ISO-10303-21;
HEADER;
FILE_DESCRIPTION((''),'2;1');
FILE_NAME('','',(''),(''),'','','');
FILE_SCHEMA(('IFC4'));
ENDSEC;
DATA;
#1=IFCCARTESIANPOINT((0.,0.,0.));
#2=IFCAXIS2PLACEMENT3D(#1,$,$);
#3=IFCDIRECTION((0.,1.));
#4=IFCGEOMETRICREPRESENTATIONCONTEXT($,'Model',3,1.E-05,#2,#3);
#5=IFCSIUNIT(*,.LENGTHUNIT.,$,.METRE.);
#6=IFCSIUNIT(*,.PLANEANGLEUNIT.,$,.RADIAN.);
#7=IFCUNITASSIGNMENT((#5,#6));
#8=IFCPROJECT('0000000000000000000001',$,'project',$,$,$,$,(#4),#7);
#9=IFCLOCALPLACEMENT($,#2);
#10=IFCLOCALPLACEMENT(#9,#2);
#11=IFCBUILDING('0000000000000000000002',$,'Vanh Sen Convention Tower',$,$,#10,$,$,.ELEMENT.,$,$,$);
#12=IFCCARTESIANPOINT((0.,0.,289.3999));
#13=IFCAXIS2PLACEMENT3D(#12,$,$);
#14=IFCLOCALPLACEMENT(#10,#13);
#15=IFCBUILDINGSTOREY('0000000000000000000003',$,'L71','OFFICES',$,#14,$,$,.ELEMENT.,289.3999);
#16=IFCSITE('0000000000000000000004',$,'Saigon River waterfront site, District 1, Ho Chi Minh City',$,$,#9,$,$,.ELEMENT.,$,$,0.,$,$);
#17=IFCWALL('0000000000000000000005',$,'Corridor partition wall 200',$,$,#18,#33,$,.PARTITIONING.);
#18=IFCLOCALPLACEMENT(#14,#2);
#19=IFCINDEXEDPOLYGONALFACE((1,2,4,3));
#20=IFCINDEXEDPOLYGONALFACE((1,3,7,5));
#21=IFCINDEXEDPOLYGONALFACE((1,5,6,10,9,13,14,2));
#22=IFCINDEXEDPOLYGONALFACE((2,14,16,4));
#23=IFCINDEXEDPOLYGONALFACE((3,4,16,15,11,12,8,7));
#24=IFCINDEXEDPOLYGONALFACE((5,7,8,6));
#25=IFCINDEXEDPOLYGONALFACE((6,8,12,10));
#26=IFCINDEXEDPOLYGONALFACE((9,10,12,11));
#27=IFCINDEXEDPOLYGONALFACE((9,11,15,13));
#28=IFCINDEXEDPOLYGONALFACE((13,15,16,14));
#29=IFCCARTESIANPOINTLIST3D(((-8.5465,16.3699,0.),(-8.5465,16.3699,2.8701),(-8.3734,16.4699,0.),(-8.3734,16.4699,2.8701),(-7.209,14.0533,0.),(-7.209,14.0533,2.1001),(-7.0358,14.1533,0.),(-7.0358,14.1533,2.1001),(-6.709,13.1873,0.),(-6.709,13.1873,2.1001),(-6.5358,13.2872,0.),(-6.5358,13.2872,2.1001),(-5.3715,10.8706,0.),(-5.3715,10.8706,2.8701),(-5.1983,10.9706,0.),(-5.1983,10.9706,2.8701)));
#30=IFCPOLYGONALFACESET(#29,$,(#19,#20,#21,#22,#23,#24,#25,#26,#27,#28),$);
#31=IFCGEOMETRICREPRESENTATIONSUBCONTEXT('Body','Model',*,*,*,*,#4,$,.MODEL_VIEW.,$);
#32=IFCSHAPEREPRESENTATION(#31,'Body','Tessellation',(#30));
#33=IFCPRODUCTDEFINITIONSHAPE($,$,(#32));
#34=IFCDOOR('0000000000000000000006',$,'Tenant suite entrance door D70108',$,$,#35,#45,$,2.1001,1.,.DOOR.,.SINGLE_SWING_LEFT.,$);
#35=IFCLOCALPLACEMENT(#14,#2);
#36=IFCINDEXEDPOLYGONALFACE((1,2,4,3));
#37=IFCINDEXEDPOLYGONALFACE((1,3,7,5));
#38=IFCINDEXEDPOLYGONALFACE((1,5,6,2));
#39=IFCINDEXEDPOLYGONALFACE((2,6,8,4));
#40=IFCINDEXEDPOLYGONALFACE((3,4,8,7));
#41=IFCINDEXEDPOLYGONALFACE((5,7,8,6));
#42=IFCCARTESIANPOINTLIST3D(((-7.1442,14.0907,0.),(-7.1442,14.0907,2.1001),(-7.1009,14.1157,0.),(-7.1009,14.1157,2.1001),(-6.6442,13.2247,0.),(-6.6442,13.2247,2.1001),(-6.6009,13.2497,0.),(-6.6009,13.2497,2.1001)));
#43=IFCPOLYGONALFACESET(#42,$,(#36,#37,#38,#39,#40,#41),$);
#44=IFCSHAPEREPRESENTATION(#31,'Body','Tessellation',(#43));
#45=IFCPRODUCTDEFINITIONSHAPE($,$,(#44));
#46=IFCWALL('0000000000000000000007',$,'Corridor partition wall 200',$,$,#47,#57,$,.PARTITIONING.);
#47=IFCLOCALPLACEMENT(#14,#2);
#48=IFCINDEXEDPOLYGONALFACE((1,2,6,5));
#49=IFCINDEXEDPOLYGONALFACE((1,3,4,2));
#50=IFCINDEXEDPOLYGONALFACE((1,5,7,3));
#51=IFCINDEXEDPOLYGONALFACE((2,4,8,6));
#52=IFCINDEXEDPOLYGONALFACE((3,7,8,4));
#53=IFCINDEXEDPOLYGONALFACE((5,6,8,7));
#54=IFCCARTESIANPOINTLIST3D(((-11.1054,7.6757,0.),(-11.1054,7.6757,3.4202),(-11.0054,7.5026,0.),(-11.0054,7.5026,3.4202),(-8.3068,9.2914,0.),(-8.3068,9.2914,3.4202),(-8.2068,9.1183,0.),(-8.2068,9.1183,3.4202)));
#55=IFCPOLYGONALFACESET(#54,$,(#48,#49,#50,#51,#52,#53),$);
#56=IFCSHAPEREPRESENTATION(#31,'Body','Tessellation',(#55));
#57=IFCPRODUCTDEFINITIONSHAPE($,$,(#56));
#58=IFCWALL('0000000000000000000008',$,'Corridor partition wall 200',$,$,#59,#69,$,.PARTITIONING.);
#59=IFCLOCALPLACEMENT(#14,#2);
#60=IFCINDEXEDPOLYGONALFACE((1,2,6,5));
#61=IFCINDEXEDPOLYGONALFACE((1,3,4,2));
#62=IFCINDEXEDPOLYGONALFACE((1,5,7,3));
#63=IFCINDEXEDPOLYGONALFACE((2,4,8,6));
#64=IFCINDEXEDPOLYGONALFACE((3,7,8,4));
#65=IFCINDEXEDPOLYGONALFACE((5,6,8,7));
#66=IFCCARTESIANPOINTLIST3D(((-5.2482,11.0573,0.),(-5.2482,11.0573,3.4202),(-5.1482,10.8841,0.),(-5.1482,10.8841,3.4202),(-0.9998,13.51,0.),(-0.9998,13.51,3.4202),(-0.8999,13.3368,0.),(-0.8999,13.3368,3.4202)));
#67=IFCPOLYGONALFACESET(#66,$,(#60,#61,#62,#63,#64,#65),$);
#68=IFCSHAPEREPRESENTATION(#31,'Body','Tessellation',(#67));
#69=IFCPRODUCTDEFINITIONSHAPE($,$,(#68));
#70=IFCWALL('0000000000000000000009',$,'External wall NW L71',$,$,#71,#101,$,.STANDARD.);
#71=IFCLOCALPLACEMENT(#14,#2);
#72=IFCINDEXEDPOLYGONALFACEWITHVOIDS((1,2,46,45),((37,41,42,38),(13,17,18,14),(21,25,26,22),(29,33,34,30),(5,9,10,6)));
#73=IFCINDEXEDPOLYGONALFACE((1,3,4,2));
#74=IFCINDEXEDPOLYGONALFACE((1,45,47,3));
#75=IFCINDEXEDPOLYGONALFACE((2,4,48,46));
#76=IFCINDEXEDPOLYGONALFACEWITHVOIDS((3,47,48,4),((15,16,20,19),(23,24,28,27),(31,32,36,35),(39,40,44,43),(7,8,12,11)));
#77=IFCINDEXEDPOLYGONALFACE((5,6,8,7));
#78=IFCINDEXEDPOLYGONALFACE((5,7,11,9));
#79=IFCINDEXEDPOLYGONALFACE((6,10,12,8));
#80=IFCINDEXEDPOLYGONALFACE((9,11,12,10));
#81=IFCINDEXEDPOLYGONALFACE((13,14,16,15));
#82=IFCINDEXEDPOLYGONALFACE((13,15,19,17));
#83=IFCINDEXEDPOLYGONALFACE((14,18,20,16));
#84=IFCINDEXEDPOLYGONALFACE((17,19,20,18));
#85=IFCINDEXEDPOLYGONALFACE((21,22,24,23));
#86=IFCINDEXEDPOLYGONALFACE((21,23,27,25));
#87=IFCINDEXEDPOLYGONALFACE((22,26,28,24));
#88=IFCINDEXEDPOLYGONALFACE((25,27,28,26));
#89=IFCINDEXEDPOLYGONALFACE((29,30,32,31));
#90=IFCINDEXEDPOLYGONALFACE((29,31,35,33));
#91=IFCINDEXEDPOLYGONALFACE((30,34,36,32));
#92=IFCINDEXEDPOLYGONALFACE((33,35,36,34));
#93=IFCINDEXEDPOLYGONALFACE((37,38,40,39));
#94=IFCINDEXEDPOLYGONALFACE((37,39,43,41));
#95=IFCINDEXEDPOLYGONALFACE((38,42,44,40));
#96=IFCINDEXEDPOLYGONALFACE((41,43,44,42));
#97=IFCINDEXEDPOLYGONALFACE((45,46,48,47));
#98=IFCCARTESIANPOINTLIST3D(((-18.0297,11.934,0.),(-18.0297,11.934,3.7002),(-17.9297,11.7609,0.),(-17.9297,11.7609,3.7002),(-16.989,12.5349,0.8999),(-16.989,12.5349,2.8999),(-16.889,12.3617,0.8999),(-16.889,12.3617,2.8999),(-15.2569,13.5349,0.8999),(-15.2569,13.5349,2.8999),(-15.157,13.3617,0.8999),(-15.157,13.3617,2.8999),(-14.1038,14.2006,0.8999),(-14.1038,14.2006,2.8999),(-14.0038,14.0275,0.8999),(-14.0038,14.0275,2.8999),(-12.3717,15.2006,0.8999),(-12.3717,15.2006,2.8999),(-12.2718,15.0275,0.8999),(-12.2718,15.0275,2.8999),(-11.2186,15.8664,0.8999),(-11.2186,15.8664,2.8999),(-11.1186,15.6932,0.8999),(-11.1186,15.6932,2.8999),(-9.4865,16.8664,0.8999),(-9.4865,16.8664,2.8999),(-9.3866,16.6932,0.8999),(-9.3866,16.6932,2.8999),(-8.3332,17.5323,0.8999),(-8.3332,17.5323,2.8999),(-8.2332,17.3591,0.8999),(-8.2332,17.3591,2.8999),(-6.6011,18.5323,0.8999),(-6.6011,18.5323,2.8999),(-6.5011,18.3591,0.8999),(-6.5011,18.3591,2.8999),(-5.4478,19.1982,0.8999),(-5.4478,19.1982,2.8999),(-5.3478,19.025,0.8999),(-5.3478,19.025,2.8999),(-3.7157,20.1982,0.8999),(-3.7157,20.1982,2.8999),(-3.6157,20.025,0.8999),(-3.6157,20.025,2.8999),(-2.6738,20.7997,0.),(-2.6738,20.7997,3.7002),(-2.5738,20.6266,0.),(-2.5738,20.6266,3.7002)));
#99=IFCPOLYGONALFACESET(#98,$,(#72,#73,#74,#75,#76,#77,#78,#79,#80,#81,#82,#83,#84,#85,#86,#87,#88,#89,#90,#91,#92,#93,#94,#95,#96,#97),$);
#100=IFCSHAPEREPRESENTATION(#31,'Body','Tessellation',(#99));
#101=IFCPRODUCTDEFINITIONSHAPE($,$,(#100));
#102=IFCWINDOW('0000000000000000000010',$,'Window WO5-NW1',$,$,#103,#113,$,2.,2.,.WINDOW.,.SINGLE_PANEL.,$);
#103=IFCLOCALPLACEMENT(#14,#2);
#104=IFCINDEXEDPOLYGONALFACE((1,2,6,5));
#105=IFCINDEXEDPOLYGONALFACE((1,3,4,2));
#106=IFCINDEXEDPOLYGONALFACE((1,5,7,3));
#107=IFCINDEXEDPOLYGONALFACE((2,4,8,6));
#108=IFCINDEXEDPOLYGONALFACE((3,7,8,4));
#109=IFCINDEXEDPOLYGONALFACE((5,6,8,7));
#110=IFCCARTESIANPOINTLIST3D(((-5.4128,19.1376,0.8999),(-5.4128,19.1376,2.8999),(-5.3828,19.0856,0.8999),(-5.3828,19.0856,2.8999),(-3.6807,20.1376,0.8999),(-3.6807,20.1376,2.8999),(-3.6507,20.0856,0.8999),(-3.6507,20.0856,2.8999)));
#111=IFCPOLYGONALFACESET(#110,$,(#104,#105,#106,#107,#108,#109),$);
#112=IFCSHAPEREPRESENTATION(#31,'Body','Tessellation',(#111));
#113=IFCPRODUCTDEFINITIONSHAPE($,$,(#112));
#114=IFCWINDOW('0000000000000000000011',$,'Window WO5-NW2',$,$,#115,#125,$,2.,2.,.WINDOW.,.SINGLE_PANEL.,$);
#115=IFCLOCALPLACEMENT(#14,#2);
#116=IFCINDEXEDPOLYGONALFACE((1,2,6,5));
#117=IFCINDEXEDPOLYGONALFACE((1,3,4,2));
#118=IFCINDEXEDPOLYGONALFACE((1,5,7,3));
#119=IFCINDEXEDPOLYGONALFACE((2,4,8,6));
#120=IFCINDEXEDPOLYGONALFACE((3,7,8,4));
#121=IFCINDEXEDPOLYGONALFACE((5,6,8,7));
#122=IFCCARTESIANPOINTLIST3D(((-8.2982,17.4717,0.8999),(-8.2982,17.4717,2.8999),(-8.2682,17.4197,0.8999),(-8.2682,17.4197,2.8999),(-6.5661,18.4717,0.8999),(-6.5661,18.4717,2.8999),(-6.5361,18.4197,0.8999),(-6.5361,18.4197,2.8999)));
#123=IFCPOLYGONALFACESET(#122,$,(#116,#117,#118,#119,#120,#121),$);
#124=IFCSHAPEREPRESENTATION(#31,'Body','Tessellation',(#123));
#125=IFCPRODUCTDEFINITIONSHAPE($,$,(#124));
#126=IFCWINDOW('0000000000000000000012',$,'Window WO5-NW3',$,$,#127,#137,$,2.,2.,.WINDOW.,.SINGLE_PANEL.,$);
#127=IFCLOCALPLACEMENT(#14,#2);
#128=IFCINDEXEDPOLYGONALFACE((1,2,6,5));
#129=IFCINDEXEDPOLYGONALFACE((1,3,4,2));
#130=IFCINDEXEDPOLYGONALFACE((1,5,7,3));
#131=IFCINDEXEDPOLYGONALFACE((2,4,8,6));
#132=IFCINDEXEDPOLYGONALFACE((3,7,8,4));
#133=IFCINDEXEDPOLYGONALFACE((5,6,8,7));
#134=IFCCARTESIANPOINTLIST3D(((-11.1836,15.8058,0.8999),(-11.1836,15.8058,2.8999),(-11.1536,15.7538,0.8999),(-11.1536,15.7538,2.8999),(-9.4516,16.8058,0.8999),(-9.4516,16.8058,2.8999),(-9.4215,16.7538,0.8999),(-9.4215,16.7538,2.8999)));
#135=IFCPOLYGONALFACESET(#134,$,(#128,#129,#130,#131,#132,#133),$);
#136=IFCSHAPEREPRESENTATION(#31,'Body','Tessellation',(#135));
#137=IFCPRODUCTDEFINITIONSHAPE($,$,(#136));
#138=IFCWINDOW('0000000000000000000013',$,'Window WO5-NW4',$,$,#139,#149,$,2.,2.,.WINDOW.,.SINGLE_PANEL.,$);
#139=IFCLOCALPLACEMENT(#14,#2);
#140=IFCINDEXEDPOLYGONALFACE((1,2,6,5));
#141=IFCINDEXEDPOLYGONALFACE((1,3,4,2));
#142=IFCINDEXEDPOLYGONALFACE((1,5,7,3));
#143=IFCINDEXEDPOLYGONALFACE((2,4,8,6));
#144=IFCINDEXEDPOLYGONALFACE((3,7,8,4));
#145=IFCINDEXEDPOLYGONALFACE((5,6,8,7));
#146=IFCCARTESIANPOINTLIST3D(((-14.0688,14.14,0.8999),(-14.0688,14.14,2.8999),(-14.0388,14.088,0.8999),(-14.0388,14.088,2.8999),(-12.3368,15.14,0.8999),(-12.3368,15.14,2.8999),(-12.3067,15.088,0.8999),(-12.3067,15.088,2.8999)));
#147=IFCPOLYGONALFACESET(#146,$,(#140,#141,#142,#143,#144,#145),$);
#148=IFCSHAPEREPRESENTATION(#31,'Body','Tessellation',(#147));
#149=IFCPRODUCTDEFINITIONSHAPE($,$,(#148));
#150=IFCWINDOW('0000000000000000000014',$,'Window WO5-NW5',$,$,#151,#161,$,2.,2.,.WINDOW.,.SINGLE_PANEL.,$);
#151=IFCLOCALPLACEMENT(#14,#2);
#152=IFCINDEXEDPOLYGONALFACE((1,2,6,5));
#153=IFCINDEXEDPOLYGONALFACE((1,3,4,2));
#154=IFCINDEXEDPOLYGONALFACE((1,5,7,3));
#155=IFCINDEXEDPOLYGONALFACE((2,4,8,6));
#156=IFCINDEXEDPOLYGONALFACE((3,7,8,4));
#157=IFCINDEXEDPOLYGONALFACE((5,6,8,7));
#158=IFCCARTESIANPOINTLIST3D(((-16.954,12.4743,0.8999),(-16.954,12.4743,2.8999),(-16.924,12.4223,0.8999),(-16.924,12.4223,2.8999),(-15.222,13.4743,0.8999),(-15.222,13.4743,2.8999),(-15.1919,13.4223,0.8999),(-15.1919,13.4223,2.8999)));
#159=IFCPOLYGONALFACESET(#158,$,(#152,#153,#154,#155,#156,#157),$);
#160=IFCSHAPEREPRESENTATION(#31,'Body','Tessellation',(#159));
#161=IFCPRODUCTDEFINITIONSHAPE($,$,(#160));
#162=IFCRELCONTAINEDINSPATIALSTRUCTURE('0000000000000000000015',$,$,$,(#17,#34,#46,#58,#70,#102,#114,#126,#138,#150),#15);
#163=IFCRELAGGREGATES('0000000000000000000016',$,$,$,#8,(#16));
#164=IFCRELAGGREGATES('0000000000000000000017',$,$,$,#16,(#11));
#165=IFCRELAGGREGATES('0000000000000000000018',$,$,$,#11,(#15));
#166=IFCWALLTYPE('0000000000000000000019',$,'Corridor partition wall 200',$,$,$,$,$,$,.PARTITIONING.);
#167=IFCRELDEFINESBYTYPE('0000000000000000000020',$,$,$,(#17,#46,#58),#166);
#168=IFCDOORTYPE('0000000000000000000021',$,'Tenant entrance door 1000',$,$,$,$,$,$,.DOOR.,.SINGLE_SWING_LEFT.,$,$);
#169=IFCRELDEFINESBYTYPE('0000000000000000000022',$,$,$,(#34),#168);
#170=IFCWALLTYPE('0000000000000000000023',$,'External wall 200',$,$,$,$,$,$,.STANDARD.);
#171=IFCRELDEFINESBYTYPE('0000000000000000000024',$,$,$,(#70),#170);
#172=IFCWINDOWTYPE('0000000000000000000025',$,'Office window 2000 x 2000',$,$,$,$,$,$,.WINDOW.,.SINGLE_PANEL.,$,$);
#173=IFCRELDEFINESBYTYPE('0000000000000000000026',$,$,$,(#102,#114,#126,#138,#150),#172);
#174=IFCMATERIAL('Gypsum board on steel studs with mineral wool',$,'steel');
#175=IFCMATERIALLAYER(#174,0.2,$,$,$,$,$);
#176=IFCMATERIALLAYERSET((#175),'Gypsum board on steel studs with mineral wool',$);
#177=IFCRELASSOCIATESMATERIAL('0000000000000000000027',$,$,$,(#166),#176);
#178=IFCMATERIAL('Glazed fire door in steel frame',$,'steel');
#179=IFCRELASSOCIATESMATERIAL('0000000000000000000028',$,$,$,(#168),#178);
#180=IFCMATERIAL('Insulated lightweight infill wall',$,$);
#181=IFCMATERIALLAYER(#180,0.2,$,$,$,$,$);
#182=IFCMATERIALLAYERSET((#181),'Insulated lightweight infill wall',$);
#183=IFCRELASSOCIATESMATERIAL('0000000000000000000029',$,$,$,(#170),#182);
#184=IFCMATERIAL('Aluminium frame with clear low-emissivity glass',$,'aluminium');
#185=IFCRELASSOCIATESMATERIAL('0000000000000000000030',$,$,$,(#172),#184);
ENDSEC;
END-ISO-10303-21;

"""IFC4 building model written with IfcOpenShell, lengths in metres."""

from ifc_helpers import new_model, si_unit, direction, frame, frame_2d, origin, place, context, subcontext, project, spatial, rectangle, extrude, material, layer, layer_set, type_object, element, fill, save


model = new_model("IFC4")

# Units and contexts
model_context = context("Model", 3, precision=1e-05, world=origin(), true_north=direction((0.0, 1.0)))
body_context = subcontext(model_context, "Body", "Model", "MODEL_VIEW")
ifc_project = project(units=[si_unit("LENGTHUNIT", "METRE"), si_unit("PLANEANGLEUNIT", "RADIAN")], contexts=[model_context])

# Site, building, storey
site_placement = place(None, origin())
site = spatial("IfcSite", under=ifc_project, at=site_placement, Name="Saigon River waterfront site, District 1, Ho Chi Minh City", CompositionType="ELEMENT", RefElevation=0.0)
building_placement = place(site_placement, origin())
building = spatial("IfcBuilding", under=site, at=building_placement, Name="Vanh Sen Convention Tower", CompositionType="ELEMENT")
storey_placement = place(building_placement, frame((0.0, 0.0, 289.3999)))
storey = spatial("IfcBuildingStorey", under=building, at=storey_placement, Name="L71", Description="OFFICES", CompositionType="ELEMENT", Elevation=289.3999)

# Wall, opening, door
ifc_material_1 = material(Name="Gypsum board on steel studs with mineral wool", Category="steel")
ifc_layer_1 = layer(ifc_material_1, 0.2)
ifc_layer_set_1 = layer_set([ifc_layer_1], Name="Gypsum board on steel studs with mineral wool")
wall_type_1 = type_object("IfcWallType", Name="Corridor partition wall 200", PredefinedType="PARTITIONING", material=ifc_layer_set_1)
wall_1_placement = place(storey_placement, frame((-8.46, 16.4199, 0.0), z_axis=(0.0, 0.0, 1.0), x_axis=(0.500005, -0.866022, 0.0)))
wall_1 = element("IfcWall", 1, at=wall_1_placement, inside=storey, type_object=wall_type_1, Name="Corridor partition wall 200", PredefinedType="PARTITIONING", context=body_context, shape_type="SweptSolid", body=[
    extrude(rectangle(XDim=6.3501, YDim=0.2, at=frame_2d((3.175, 0.0))), origin(), (0.0, 0.0, 1.0), 2.8701),
])
opening_1_placement = place(wall_1_placement, frame((2.675, 0.0, 0.0)))
opening_1 = element("IfcOpeningElement", 2, at=opening_1_placement, cuts=wall_1, PredefinedType="OPENING", context=body_context, shape_type="SweptSolid", body=[
    extrude(rectangle(XDim=1.0, YDim=2.1001, at=frame_2d((0.5, 1.05))), frame((0.0, 0.1099, 0.0), z_axis=(0.0, -1.0, 0.0), x_axis=(1.0, 0.0, 0.0)), (0.0, 0.0, 1.0), 0.22),
])
ifc_material_2 = material(Name="Glazed fire door in steel frame", Category="steel")
door_type = type_object("IfcDoorType", Name="Tenant entrance door 1000", OperationType="SINGLE_SWING_LEFT", PredefinedType="DOOR", material=ifc_material_2)
door_placement = place(opening_1_placement, origin())
door = element("IfcDoor", 3, at=door_placement, inside=storey, type_object=door_type, Name="Tenant suite entrance door D70108", OperationType="SINGLE_SWING_LEFT", OverallHeight=2.1001, OverallWidth=1.0, PredefinedType="DOOR", context=body_context, shape_type="SweptSolid", body=[
    extrude(rectangle(XDim=1.0, YDim=2.1001, at=frame_2d((0.5, 1.05))), frame((0.0, 0.0249, 0.0), z_axis=(0.0, -1.0, 0.0), x_axis=(1.0, 0.0, 0.0)), (0.0, 0.0, 1.0), 0.05),
])
fill(opening_1, door)

# Walls
wall_2_placement = place(storey_placement, frame((-8.2568, 9.2048, 0.0), z_axis=(0.0, 0.0, 1.0), x_axis=(-0.866031, -0.499991, 0.0)))
element("IfcWall", 4, at=wall_2_placement, inside=storey, type_object=wall_type_1, Name="Corridor partition wall 200", PredefinedType="PARTITIONING", context=body_context, shape_type="SweptSolid", body=[
    extrude(rectangle(XDim=3.2314, YDim=0.2, at=frame_2d((1.6157, 0.0))), origin(), (0.0, 0.0, 1.0), 3.4202),
])
wall_3_placement = place(storey_placement, frame((-0.95, 13.4233, 0.0), z_axis=(0.0, 0.0, 1.0), x_axis=(-0.866036, -0.499982, 0.0)))
element("IfcWall", 5, at=wall_3_placement, inside=storey, type_object=wall_type_1, Name="Corridor partition wall 200", PredefinedType="PARTITIONING", context=body_context, shape_type="SweptSolid", body=[
    extrude(rectangle(XDim=4.9055, YDim=0.2, at=frame_2d((2.4526, 0.0))), origin(), (0.0, 0.0, 1.0), 3.4202),
])

# Wall, openings, windows
ifc_material_3 = material(Name="Insulated lightweight infill wall")
ifc_layer_2 = layer(ifc_material_3, 0.2)
ifc_layer_set_2 = layer_set([ifc_layer_2], Name="Insulated lightweight infill wall")
wall_type_2 = type_object("IfcWallType", Name="External wall 200", PredefinedType="STANDARD", material=ifc_layer_set_2)
wall_4_placement = place(storey_placement, frame((-2.6238, 20.7131, 0.0), z_axis=(0.0, 0.0, 1.0), x_axis=(-0.866026, -0.499998, 0.0)))
wall_4 = element("IfcWall", 6, at=wall_4_placement, inside=storey, type_object=wall_type_2, Name="External wall NW L71", PredefinedType="STANDARD", context=body_context, shape_type="SweptSolid", body=[
    extrude(rectangle(XDim=17.7314, YDim=0.2, at=frame_2d((8.8657, 0.0))), origin(), (0.0, 0.0, 1.0), 3.7002),
])
opening_2_placement = place(wall_4_placement, frame((1.2031, 0.0, 0.8999)))
opening_2 = element("IfcOpeningElement", 7, at=opening_2_placement, cuts=wall_4, PredefinedType="OPENING", context=body_context, shape_type="SweptSolid", body=[
    extrude(rectangle(XDim=2.0, YDim=2.0, at=frame_2d((1.0, 1.0))), frame((0.0, 0.1099, 0.0), z_axis=(0.0, -1.0, 0.0), x_axis=(1.0, 0.0, 0.0)), (0.0, 0.0, 1.0), 0.22),
])
opening_3_placement = place(wall_4_placement, frame((4.5349, 0.0, 0.8999)))
opening_3 = element("IfcOpeningElement", 8, at=opening_3_placement, cuts=wall_4, PredefinedType="OPENING", context=body_context, shape_type="SweptSolid", body=[
    extrude(rectangle(XDim=2.0, YDim=2.0, at=frame_2d((1.0, 1.0))), frame((0.0, 0.1099, 0.0), z_axis=(0.0, -1.0, 0.0), x_axis=(1.0, 0.0, 0.0)), (0.0, 0.0, 1.0), 0.22),
])
opening_4_placement = place(wall_4_placement, frame((7.8667, 0.0, 0.8999)))
opening_4 = element("IfcOpeningElement", 9, at=opening_4_placement, cuts=wall_4, PredefinedType="OPENING", context=body_context, shape_type="SweptSolid", body=[
    extrude(rectangle(XDim=2.0, YDim=2.0, at=frame_2d((1.0, 1.0))), frame((0.0, 0.1099, 0.0), z_axis=(0.0, -1.0, 0.0), x_axis=(1.0, 0.0, 0.0)), (0.0, 0.0, 1.0), 0.22),
])
opening_5_placement = place(wall_4_placement, frame((11.1982, 0.0, 0.8999)))
opening_5 = element("IfcOpeningElement", 10, at=opening_5_placement, cuts=wall_4, PredefinedType="OPENING", context=body_context, shape_type="SweptSolid", body=[
    extrude(rectangle(XDim=2.0, YDim=2.0, at=frame_2d((1.0, 1.0))), frame((0.0, 0.1099, 0.0), z_axis=(0.0, -1.0, 0.0), x_axis=(1.0, 0.0, 0.0)), (0.0, 0.0, 1.0), 0.22),
])
opening_6_placement = place(wall_4_placement, frame((14.5298, 0.0, 0.8999)))
opening_6 = element("IfcOpeningElement", 11, at=opening_6_placement, cuts=wall_4, PredefinedType="OPENING", context=body_context, shape_type="SweptSolid", body=[
    extrude(rectangle(XDim=2.0, YDim=2.0, at=frame_2d((1.0, 1.0))), frame((0.0, 0.1099, 0.0), z_axis=(0.0, -1.0, 0.0), x_axis=(1.0, 0.0, 0.0)), (0.0, 0.0, 1.0), 0.22),
])
ifc_material_4 = material(Name="Aluminium frame with clear low-emissivity glass", Category="aluminium")
window_type = type_object("IfcWindowType", Name="Office window 2000 x 2000", PartitioningType="SINGLE_PANEL", PredefinedType="WINDOW", material=ifc_material_4)
window_1_placement = place(opening_2_placement, origin())
window_1 = element("IfcWindow", 12, at=window_1_placement, inside=storey, type_object=window_type, Name="Window WO5-NW1", OverallHeight=2.0, OverallWidth=2.0, PartitioningType="SINGLE_PANEL", PredefinedType="WINDOW", context=body_context, shape_type="SweptSolid", body=[
    extrude(rectangle(XDim=2.0, YDim=2.0, at=frame_2d((1.0, 1.0))), frame((0.0, 0.03, 0.0), z_axis=(0.0, -1.0, 0.0), x_axis=(1.0, 0.0, 0.0)), (0.0, 0.0, 1.0), 0.0601),
])
fill(opening_2, window_1)
window_2_placement = place(opening_3_placement, origin())
window_2 = element("IfcWindow", 13, at=window_2_placement, inside=storey, type_object=window_type, Name="Window WO5-NW2", OverallHeight=2.0, OverallWidth=2.0, PartitioningType="SINGLE_PANEL", PredefinedType="WINDOW", context=body_context, shape_type="SweptSolid", body=[
    extrude(rectangle(XDim=2.0, YDim=2.0, at=frame_2d((1.0, 1.0))), frame((0.0, 0.03, 0.0), z_axis=(0.0, -1.0, 0.0), x_axis=(1.0, 0.0, 0.0)), (0.0, 0.0, 1.0), 0.0601),
])
fill(opening_3, window_2)
window_3_placement = place(opening_4_placement, origin())
window_3 = element("IfcWindow", 14, at=window_3_placement, inside=storey, type_object=window_type, Name="Window WO5-NW3", OverallHeight=2.0, OverallWidth=2.0, PartitioningType="SINGLE_PANEL", PredefinedType="WINDOW", context=body_context, shape_type="SweptSolid", body=[
    extrude(rectangle(XDim=2.0, YDim=2.0, at=frame_2d((1.0, 1.0))), frame((0.0, 0.03, 0.0), z_axis=(0.0, -1.0, 0.0), x_axis=(1.0, 0.0, 0.0)), (0.0, 0.0, 1.0), 0.0601),
])
fill(opening_4, window_3)
window_4_placement = place(opening_5_placement, origin())
window_4 = element("IfcWindow", 15, at=window_4_placement, inside=storey, type_object=window_type, Name="Window WO5-NW4", OverallHeight=2.0, OverallWidth=2.0, PartitioningType="SINGLE_PANEL", PredefinedType="WINDOW", context=body_context, shape_type="SweptSolid", body=[
    extrude(rectangle(XDim=2.0, YDim=2.0, at=frame_2d((1.0, 1.0))), frame((0.0, 0.03, 0.0), z_axis=(0.0, -1.0, 0.0), x_axis=(1.0, 0.0, 0.0)), (0.0, 0.0, 1.0), 0.0601),
])
fill(opening_5, window_4)
window_5_placement = place(opening_6_placement, origin())
window_5 = element("IfcWindow", 16, at=window_5_placement, inside=storey, type_object=window_type, Name="Window WO5-NW5", OverallHeight=2.0, OverallWidth=2.0, PartitioningType="SINGLE_PANEL", PredefinedType="WINDOW", context=body_context, shape_type="SweptSolid", body=[
    extrude(rectangle(XDim=2.0, YDim=2.0, at=frame_2d((1.0, 1.0))), frame((0.0, 0.03, 0.0), z_axis=(0.0, -1.0, 0.0), x_axis=(1.0, 0.0, 0.0)), (0.0, 0.0, 1.0), 0.0601),
])
fill(opening_6, window_5)

save(model, "model.ifc")
